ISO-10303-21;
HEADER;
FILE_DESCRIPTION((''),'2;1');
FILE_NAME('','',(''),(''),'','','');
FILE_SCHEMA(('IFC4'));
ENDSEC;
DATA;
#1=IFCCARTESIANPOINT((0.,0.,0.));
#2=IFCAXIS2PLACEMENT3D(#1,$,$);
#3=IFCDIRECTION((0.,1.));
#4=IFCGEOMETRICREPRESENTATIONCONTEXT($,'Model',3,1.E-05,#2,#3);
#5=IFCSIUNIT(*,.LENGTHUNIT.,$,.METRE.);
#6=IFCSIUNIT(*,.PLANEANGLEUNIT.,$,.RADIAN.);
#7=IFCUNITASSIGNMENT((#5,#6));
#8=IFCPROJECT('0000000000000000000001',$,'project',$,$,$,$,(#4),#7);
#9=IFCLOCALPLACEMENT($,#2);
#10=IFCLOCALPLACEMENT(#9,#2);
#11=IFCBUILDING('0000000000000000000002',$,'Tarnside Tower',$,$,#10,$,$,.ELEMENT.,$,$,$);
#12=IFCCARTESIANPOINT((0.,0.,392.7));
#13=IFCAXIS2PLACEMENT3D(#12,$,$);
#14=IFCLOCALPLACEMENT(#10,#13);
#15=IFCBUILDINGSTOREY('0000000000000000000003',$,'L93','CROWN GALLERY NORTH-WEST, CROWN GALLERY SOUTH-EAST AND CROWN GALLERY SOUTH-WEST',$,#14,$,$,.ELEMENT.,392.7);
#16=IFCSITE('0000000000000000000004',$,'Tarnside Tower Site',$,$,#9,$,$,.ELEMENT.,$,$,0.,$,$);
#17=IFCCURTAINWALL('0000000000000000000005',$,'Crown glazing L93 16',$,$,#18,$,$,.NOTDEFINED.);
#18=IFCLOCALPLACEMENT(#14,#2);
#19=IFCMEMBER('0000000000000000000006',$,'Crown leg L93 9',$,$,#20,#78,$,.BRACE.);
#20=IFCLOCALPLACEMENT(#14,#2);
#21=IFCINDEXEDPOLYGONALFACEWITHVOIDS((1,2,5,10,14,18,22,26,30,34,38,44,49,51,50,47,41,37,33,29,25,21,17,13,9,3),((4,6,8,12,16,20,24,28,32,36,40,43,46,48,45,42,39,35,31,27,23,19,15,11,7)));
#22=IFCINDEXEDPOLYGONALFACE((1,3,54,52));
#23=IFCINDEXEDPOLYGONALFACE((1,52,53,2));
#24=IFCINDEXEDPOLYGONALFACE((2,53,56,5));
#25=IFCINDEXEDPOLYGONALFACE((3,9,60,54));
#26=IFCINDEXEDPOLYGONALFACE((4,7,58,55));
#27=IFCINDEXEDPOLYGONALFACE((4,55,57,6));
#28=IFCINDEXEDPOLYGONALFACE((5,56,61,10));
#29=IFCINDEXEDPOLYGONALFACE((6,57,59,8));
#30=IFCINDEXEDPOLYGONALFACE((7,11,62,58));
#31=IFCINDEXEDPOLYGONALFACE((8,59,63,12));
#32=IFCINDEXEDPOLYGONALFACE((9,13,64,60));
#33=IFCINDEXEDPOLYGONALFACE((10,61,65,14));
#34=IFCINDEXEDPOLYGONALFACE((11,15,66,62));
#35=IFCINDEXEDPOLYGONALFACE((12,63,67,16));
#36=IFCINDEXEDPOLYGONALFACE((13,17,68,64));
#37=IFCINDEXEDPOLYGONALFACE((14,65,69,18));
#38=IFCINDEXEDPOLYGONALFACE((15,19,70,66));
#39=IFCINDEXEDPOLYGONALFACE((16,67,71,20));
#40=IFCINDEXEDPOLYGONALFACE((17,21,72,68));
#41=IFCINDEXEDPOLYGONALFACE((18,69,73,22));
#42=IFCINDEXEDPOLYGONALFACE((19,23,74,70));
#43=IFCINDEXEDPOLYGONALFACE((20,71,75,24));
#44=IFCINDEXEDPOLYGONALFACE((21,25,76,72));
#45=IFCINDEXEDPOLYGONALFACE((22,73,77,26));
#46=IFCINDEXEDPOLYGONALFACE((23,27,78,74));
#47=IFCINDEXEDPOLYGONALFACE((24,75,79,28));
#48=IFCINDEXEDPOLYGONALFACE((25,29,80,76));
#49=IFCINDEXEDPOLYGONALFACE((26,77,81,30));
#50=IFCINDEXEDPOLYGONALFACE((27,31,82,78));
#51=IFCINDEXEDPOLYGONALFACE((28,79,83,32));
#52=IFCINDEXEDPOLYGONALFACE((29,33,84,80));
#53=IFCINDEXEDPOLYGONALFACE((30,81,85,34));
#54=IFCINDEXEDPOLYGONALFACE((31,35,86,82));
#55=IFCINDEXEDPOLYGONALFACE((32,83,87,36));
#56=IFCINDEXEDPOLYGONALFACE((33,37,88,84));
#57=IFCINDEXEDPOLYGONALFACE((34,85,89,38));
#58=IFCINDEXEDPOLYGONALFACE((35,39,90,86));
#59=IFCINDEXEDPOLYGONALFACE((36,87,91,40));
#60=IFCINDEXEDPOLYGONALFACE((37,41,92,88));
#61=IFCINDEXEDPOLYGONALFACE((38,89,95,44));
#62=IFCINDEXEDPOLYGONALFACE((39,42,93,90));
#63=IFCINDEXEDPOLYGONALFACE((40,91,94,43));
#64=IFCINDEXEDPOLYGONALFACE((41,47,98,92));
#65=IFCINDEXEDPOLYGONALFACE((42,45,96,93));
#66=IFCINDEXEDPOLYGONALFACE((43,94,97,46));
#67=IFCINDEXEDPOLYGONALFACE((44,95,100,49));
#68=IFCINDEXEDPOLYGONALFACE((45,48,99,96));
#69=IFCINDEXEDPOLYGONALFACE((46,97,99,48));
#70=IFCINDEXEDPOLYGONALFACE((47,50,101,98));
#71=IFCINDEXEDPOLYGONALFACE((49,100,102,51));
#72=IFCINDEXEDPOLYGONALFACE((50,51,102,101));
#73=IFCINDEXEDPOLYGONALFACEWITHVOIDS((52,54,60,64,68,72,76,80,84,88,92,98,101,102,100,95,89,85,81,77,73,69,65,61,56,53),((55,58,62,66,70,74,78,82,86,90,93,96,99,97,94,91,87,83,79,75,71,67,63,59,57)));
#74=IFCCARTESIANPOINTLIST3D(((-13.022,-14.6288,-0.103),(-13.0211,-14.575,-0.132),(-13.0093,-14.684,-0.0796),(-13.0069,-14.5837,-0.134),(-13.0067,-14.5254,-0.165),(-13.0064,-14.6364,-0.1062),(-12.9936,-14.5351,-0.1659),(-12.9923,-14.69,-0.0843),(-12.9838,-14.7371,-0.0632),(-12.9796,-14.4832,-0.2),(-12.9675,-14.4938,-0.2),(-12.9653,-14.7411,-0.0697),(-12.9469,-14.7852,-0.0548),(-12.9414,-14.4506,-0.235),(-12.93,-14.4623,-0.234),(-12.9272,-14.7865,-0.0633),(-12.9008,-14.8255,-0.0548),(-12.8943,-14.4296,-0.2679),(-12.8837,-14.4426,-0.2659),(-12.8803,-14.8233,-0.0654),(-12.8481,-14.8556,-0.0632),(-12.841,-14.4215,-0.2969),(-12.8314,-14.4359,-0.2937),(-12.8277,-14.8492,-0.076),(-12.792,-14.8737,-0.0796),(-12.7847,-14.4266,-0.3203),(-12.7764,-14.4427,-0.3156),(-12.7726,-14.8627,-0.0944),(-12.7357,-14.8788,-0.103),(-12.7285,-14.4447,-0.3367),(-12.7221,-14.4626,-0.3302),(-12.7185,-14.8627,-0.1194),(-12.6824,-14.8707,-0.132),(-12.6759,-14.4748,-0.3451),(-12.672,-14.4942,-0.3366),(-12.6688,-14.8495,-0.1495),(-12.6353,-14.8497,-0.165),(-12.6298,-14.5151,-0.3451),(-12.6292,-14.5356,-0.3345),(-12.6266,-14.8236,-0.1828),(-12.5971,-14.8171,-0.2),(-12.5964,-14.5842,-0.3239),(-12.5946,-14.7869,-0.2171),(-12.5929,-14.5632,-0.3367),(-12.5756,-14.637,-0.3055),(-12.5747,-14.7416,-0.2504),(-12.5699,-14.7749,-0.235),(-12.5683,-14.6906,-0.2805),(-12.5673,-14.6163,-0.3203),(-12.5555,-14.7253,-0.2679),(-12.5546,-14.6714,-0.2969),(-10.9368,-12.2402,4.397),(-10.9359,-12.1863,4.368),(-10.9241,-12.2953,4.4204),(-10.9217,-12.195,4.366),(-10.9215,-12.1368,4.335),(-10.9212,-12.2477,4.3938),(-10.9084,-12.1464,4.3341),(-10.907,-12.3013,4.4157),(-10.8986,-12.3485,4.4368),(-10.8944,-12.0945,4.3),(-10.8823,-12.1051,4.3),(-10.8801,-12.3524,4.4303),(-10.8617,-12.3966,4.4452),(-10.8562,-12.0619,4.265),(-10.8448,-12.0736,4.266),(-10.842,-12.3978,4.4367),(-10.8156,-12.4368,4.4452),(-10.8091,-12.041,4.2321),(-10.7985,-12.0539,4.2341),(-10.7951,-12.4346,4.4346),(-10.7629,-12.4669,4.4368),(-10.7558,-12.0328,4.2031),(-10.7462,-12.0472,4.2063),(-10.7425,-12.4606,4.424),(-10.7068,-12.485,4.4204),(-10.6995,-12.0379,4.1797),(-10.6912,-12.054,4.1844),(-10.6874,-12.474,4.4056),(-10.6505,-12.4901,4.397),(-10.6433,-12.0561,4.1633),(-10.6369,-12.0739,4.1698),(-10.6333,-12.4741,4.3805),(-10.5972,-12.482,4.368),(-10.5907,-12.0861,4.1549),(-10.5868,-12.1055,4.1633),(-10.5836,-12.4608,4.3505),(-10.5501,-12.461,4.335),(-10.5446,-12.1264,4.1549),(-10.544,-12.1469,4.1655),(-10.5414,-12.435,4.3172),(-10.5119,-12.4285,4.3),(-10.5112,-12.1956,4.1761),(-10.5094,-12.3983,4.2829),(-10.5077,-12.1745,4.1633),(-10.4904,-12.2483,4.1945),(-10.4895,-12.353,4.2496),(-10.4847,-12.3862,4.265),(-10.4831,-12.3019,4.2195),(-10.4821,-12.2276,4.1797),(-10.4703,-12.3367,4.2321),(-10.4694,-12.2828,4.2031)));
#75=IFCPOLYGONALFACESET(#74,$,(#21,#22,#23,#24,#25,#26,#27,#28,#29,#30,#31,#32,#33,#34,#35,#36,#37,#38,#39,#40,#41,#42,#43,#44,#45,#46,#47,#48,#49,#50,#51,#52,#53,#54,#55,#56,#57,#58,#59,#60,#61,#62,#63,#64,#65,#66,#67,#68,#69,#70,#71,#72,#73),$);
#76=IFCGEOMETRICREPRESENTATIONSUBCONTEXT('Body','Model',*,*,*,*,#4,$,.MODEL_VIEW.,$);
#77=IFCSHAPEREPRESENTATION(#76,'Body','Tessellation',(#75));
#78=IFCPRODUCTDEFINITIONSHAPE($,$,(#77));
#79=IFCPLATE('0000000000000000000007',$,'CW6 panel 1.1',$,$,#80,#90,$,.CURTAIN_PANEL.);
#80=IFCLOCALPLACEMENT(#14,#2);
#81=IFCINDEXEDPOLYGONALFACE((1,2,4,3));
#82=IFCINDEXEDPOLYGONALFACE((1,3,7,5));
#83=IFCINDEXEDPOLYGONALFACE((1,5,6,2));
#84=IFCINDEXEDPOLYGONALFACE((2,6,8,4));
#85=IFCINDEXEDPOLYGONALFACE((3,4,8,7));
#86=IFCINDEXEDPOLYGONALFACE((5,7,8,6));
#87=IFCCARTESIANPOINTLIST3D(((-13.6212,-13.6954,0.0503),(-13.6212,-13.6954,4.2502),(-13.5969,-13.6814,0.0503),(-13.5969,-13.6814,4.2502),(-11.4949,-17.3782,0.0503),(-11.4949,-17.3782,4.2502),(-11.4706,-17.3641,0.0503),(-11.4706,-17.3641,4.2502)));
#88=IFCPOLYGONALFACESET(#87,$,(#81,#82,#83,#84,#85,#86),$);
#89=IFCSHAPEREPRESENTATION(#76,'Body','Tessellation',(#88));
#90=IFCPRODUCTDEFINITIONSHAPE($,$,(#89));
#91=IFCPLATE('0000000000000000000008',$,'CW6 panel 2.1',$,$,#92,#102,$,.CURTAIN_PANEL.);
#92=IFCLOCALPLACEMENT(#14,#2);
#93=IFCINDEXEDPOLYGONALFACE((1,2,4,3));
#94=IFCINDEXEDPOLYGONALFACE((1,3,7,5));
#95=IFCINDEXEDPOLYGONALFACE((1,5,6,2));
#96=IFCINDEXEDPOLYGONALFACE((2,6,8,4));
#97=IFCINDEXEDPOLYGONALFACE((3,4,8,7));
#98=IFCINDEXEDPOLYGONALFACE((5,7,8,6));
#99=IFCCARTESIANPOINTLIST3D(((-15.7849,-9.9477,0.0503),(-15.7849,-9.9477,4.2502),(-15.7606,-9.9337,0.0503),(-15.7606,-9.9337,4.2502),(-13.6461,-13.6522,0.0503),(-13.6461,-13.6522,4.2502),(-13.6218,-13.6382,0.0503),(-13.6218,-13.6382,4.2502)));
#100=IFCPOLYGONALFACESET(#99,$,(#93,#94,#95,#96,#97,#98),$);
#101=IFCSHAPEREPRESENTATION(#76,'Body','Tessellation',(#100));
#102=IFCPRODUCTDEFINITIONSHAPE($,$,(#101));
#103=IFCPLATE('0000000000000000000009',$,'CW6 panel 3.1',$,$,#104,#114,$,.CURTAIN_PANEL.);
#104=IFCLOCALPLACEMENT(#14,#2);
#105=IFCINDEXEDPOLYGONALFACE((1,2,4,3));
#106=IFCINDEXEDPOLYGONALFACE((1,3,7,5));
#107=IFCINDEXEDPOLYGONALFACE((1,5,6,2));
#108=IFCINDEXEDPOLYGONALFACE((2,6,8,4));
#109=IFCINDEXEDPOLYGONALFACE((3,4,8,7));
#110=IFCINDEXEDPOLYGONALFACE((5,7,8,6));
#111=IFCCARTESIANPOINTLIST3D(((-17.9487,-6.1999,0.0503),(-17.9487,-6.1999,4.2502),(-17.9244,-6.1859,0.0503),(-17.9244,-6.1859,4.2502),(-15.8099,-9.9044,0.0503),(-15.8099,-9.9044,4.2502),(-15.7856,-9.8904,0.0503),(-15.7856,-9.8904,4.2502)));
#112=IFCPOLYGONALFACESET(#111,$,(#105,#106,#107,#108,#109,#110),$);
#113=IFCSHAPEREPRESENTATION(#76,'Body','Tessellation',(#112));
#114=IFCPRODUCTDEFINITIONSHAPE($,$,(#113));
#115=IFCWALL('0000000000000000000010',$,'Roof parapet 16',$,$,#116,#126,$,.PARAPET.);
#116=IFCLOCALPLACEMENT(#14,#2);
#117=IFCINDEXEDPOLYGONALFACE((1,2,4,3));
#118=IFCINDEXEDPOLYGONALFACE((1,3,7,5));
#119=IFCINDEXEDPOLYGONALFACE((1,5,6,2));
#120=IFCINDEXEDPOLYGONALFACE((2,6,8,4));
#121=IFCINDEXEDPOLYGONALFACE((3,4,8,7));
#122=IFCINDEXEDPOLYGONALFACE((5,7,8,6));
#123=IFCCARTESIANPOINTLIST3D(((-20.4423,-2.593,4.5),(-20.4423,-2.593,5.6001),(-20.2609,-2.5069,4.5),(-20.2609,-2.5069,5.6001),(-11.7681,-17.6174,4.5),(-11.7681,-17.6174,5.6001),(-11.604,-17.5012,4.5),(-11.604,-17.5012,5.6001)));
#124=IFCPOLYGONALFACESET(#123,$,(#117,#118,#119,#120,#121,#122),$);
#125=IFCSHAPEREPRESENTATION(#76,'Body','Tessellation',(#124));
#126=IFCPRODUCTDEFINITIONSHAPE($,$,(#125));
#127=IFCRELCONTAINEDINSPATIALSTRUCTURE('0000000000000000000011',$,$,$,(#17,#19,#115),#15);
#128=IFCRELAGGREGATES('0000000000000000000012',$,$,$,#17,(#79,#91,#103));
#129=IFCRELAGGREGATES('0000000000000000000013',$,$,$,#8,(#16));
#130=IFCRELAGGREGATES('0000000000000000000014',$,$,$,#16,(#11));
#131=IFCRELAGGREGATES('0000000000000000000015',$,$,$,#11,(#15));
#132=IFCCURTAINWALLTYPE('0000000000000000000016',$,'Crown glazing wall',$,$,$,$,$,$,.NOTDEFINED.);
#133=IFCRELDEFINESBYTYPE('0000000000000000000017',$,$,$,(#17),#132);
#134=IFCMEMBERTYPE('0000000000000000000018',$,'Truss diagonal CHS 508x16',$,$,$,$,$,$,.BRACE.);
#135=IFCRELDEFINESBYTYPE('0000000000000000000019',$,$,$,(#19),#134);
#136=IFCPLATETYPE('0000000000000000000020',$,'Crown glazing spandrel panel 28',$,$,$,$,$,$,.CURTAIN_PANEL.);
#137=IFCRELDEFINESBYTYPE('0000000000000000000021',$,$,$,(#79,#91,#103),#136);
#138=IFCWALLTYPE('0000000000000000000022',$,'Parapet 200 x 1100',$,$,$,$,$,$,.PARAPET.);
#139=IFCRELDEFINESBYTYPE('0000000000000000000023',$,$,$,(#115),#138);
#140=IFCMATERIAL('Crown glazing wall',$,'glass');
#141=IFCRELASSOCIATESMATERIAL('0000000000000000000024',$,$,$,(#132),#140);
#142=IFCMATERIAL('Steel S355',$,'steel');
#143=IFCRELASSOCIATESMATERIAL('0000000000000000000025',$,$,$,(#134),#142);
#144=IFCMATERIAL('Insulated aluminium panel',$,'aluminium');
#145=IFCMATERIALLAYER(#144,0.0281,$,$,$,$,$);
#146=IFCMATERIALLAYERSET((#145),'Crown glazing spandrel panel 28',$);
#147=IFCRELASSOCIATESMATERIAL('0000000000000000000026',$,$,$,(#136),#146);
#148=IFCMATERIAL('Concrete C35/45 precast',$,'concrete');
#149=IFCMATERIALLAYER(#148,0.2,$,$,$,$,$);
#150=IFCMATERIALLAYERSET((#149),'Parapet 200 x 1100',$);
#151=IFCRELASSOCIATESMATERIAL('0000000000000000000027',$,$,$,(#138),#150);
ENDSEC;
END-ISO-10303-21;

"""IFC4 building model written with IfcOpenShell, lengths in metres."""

from ifc_helpers import new_model, si_unit, direction, frame, origin, origin_2d, place, context, subcontext, project, spatial, polyline, rectangle, hollow_circle, outline, extrude, material, layer, layer_set, material_profile, profile_set, type_object, element, aggregate, save


model = new_model("IFC4")

# Units and contexts
model_context = context("Model", 3, precision=1e-05, world=origin(), true_north=direction((0.0, 1.0)))
body_context = subcontext(model_context, "Body", "Model", "MODEL_VIEW")
ifc_project = project(units=[si_unit("LENGTHUNIT", "METRE"), si_unit("PLANEANGLEUNIT", "RADIAN")], contexts=[model_context])

# Site, building, storey
site_placement = place(None, origin())
site = spatial("IfcSite", under=ifc_project, at=site_placement, Name="Tarnside Tower Site", CompositionType="ELEMENT", RefElevation=0.0)
building_placement = place(site_placement, origin())
building = spatial("IfcBuilding", under=site, at=building_placement, Name="Tarnside Tower", CompositionType="ELEMENT")
storey_placement = place(building_placement, frame((0.0, 0.0, 392.7)))
storey = spatial("IfcBuildingStorey", under=building, at=storey_placement, Name="L93", Description="CROWN GALLERY NORTH-WEST, CROWN GALLERY SOUTH-EAST AND CROWN GALLERY SOUTH-WEST", CompositionType="ELEMENT", Elevation=392.7)

# Shared definitions
ifc_material_1 = material(Name="Crown glazing wall", Category="glass")
curtain_wall_type = type_object("IfcCurtainWallType", Name="Crown glazing wall", PredefinedType="NOTDEFINED", material=ifc_material_1)

# Curtain wall
curtain_wall_1_placement = place(storey_placement, origin())
curtain_wall_1 = element("IfcCurtainWall", 1, at=curtain_wall_1_placement, inside=storey, type_object=curtain_wall_type, Name="Crown glazing L93 16", PredefinedType="NOTDEFINED")

# Shared definitions
ifc_material_2 = material(Name="Steel S355", Category="steel")

# Member
ifc_material_profile_1 = material_profile(ifc_material_2, hollow_circle(Radius=0.2539, WallThickness=0.0161, at=origin_2d()), Name="CHS 508x16")
ifc_profile_set_1 = profile_set([ifc_material_profile_1], Name="Steel S355")
member_type_1 = type_object("IfcMemberType", Name="Truss diagonal CHS 508x16", PredefinedType="BRACE", material=ifc_profile_set_1)
member_1_placement = place(storey_placement, frame((-12.7883, -14.6501, -0.2), z_axis=(0.378791, 0.433918, 0.817455), x_axis=(-0.753339, 0.657632, 0.0)))
element("IfcMember", 2, at=member_1_placement, inside=storey, type_object=member_type_1, Name="Crown leg L93 9", PredefinedType="BRACE", context=body_context, shape_type="SweptSolid", body=[
    extrude(hollow_circle(Radius=0.2539, WallThickness=0.0161, at=origin_2d()), origin(), (0.0, 0.0, 1.0), 5.5049),
])

# Plates
ifc_material_3 = material(Name="Insulated aluminium panel", Category="aluminium")
ifc_layer_1 = layer(ifc_material_3, 0.0281)
ifc_layer_set_1 = layer_set([ifc_layer_1], Name="Crown glazing spandrel panel 28")
plate_type = type_object("IfcPlateType", Name="Crown glazing spandrel panel 28", PredefinedType="CURTAIN_PANEL", material=ifc_layer_set_1)
plate_1_placement = place(storey_placement, frame((-12.5459, -15.5298, 0.0503), z_axis=(0.0, 0.0, 1.0), x_axis=(-0.5, 0.866025, 0.0)))
plate_1 = element("IfcPlate", 3, at=plate_1_placement, type_object=plate_type, Name="CW6 panel 1.1", PredefinedType="CURTAIN_PANEL", context=body_context, shape_type="SweptSolid", body=[
    extrude(rectangle(XDim=4.2524, YDim=0.0281, at=origin_2d()), origin(), (0.0, 0.0, 1.0), 4.2),
])
plate_2_placement = place(storey_placement, frame((-14.7034, -11.793, 0.0503), z_axis=(0.0, 0.0, 1.0), x_axis=(-0.5, 0.866025, 0.0)))
plate_2 = element("IfcPlate", 4, at=plate_2_placement, type_object=plate_type, Name="CW6 panel 2.1", PredefinedType="CURTAIN_PANEL", context=body_context, shape_type="SweptSolid", body=[
    extrude(rectangle(XDim=4.2776, YDim=0.0281, at=origin_2d()), origin(), (0.0, 0.0, 1.0), 4.2),
])
plate_3_placement = place(storey_placement, frame((-16.8672, -8.0452, 0.0503), z_axis=(0.0, 0.0, 1.0), x_axis=(-0.5, 0.866025, 0.0)))
plate_3 = element("IfcPlate", 5, at=plate_3_placement, type_object=plate_type, Name="CW6 panel 3.1", PredefinedType="CURTAIN_PANEL", context=body_context, shape_type="SweptSolid", body=[
    extrude(rectangle(XDim=4.2776, YDim=0.0281, at=origin_2d()), origin(), (0.0, 0.0, 1.0), 4.2),
])
aggregate(curtain_wall_1, [plate_1, plate_2, plate_3])

# Wall
ifc_material_4 = material(Name="Concrete C35/45 precast", Category="concrete")
ifc_layer_2 = layer(ifc_material_4, 0.2)
ifc_layer_set_2 = layer_set([ifc_layer_2], Name="Parapet 200 x 1100")
wall_type = type_object("IfcWallType", Name="Parapet 200 x 1100", PredefinedType="PARAPET", material=ifc_layer_set_2)
wall_placement = place(storey_placement, frame((-11.686, -17.5593, 4.5), z_axis=(0.0, 0.0, 1.0), x_axis=(-0.499996, 0.866027, 0.0)))
element("IfcWall", 6, at=wall_placement, inside=storey, type_object=wall_type, Name="Roof parapet 16", PredefinedType="PARAPET", context=body_context, shape_type="SweptSolid", body=[
    extrude(outline(polyline([(0.0093, -0.1001), (17.3232, -0.1001), (17.3394, 0.1001), (-0.0093, 0.1001), (0.0093, -0.1001)])), origin(), (0.0, 0.0, 1.0), 1.1001),
])

save(model, "model.ifc")
